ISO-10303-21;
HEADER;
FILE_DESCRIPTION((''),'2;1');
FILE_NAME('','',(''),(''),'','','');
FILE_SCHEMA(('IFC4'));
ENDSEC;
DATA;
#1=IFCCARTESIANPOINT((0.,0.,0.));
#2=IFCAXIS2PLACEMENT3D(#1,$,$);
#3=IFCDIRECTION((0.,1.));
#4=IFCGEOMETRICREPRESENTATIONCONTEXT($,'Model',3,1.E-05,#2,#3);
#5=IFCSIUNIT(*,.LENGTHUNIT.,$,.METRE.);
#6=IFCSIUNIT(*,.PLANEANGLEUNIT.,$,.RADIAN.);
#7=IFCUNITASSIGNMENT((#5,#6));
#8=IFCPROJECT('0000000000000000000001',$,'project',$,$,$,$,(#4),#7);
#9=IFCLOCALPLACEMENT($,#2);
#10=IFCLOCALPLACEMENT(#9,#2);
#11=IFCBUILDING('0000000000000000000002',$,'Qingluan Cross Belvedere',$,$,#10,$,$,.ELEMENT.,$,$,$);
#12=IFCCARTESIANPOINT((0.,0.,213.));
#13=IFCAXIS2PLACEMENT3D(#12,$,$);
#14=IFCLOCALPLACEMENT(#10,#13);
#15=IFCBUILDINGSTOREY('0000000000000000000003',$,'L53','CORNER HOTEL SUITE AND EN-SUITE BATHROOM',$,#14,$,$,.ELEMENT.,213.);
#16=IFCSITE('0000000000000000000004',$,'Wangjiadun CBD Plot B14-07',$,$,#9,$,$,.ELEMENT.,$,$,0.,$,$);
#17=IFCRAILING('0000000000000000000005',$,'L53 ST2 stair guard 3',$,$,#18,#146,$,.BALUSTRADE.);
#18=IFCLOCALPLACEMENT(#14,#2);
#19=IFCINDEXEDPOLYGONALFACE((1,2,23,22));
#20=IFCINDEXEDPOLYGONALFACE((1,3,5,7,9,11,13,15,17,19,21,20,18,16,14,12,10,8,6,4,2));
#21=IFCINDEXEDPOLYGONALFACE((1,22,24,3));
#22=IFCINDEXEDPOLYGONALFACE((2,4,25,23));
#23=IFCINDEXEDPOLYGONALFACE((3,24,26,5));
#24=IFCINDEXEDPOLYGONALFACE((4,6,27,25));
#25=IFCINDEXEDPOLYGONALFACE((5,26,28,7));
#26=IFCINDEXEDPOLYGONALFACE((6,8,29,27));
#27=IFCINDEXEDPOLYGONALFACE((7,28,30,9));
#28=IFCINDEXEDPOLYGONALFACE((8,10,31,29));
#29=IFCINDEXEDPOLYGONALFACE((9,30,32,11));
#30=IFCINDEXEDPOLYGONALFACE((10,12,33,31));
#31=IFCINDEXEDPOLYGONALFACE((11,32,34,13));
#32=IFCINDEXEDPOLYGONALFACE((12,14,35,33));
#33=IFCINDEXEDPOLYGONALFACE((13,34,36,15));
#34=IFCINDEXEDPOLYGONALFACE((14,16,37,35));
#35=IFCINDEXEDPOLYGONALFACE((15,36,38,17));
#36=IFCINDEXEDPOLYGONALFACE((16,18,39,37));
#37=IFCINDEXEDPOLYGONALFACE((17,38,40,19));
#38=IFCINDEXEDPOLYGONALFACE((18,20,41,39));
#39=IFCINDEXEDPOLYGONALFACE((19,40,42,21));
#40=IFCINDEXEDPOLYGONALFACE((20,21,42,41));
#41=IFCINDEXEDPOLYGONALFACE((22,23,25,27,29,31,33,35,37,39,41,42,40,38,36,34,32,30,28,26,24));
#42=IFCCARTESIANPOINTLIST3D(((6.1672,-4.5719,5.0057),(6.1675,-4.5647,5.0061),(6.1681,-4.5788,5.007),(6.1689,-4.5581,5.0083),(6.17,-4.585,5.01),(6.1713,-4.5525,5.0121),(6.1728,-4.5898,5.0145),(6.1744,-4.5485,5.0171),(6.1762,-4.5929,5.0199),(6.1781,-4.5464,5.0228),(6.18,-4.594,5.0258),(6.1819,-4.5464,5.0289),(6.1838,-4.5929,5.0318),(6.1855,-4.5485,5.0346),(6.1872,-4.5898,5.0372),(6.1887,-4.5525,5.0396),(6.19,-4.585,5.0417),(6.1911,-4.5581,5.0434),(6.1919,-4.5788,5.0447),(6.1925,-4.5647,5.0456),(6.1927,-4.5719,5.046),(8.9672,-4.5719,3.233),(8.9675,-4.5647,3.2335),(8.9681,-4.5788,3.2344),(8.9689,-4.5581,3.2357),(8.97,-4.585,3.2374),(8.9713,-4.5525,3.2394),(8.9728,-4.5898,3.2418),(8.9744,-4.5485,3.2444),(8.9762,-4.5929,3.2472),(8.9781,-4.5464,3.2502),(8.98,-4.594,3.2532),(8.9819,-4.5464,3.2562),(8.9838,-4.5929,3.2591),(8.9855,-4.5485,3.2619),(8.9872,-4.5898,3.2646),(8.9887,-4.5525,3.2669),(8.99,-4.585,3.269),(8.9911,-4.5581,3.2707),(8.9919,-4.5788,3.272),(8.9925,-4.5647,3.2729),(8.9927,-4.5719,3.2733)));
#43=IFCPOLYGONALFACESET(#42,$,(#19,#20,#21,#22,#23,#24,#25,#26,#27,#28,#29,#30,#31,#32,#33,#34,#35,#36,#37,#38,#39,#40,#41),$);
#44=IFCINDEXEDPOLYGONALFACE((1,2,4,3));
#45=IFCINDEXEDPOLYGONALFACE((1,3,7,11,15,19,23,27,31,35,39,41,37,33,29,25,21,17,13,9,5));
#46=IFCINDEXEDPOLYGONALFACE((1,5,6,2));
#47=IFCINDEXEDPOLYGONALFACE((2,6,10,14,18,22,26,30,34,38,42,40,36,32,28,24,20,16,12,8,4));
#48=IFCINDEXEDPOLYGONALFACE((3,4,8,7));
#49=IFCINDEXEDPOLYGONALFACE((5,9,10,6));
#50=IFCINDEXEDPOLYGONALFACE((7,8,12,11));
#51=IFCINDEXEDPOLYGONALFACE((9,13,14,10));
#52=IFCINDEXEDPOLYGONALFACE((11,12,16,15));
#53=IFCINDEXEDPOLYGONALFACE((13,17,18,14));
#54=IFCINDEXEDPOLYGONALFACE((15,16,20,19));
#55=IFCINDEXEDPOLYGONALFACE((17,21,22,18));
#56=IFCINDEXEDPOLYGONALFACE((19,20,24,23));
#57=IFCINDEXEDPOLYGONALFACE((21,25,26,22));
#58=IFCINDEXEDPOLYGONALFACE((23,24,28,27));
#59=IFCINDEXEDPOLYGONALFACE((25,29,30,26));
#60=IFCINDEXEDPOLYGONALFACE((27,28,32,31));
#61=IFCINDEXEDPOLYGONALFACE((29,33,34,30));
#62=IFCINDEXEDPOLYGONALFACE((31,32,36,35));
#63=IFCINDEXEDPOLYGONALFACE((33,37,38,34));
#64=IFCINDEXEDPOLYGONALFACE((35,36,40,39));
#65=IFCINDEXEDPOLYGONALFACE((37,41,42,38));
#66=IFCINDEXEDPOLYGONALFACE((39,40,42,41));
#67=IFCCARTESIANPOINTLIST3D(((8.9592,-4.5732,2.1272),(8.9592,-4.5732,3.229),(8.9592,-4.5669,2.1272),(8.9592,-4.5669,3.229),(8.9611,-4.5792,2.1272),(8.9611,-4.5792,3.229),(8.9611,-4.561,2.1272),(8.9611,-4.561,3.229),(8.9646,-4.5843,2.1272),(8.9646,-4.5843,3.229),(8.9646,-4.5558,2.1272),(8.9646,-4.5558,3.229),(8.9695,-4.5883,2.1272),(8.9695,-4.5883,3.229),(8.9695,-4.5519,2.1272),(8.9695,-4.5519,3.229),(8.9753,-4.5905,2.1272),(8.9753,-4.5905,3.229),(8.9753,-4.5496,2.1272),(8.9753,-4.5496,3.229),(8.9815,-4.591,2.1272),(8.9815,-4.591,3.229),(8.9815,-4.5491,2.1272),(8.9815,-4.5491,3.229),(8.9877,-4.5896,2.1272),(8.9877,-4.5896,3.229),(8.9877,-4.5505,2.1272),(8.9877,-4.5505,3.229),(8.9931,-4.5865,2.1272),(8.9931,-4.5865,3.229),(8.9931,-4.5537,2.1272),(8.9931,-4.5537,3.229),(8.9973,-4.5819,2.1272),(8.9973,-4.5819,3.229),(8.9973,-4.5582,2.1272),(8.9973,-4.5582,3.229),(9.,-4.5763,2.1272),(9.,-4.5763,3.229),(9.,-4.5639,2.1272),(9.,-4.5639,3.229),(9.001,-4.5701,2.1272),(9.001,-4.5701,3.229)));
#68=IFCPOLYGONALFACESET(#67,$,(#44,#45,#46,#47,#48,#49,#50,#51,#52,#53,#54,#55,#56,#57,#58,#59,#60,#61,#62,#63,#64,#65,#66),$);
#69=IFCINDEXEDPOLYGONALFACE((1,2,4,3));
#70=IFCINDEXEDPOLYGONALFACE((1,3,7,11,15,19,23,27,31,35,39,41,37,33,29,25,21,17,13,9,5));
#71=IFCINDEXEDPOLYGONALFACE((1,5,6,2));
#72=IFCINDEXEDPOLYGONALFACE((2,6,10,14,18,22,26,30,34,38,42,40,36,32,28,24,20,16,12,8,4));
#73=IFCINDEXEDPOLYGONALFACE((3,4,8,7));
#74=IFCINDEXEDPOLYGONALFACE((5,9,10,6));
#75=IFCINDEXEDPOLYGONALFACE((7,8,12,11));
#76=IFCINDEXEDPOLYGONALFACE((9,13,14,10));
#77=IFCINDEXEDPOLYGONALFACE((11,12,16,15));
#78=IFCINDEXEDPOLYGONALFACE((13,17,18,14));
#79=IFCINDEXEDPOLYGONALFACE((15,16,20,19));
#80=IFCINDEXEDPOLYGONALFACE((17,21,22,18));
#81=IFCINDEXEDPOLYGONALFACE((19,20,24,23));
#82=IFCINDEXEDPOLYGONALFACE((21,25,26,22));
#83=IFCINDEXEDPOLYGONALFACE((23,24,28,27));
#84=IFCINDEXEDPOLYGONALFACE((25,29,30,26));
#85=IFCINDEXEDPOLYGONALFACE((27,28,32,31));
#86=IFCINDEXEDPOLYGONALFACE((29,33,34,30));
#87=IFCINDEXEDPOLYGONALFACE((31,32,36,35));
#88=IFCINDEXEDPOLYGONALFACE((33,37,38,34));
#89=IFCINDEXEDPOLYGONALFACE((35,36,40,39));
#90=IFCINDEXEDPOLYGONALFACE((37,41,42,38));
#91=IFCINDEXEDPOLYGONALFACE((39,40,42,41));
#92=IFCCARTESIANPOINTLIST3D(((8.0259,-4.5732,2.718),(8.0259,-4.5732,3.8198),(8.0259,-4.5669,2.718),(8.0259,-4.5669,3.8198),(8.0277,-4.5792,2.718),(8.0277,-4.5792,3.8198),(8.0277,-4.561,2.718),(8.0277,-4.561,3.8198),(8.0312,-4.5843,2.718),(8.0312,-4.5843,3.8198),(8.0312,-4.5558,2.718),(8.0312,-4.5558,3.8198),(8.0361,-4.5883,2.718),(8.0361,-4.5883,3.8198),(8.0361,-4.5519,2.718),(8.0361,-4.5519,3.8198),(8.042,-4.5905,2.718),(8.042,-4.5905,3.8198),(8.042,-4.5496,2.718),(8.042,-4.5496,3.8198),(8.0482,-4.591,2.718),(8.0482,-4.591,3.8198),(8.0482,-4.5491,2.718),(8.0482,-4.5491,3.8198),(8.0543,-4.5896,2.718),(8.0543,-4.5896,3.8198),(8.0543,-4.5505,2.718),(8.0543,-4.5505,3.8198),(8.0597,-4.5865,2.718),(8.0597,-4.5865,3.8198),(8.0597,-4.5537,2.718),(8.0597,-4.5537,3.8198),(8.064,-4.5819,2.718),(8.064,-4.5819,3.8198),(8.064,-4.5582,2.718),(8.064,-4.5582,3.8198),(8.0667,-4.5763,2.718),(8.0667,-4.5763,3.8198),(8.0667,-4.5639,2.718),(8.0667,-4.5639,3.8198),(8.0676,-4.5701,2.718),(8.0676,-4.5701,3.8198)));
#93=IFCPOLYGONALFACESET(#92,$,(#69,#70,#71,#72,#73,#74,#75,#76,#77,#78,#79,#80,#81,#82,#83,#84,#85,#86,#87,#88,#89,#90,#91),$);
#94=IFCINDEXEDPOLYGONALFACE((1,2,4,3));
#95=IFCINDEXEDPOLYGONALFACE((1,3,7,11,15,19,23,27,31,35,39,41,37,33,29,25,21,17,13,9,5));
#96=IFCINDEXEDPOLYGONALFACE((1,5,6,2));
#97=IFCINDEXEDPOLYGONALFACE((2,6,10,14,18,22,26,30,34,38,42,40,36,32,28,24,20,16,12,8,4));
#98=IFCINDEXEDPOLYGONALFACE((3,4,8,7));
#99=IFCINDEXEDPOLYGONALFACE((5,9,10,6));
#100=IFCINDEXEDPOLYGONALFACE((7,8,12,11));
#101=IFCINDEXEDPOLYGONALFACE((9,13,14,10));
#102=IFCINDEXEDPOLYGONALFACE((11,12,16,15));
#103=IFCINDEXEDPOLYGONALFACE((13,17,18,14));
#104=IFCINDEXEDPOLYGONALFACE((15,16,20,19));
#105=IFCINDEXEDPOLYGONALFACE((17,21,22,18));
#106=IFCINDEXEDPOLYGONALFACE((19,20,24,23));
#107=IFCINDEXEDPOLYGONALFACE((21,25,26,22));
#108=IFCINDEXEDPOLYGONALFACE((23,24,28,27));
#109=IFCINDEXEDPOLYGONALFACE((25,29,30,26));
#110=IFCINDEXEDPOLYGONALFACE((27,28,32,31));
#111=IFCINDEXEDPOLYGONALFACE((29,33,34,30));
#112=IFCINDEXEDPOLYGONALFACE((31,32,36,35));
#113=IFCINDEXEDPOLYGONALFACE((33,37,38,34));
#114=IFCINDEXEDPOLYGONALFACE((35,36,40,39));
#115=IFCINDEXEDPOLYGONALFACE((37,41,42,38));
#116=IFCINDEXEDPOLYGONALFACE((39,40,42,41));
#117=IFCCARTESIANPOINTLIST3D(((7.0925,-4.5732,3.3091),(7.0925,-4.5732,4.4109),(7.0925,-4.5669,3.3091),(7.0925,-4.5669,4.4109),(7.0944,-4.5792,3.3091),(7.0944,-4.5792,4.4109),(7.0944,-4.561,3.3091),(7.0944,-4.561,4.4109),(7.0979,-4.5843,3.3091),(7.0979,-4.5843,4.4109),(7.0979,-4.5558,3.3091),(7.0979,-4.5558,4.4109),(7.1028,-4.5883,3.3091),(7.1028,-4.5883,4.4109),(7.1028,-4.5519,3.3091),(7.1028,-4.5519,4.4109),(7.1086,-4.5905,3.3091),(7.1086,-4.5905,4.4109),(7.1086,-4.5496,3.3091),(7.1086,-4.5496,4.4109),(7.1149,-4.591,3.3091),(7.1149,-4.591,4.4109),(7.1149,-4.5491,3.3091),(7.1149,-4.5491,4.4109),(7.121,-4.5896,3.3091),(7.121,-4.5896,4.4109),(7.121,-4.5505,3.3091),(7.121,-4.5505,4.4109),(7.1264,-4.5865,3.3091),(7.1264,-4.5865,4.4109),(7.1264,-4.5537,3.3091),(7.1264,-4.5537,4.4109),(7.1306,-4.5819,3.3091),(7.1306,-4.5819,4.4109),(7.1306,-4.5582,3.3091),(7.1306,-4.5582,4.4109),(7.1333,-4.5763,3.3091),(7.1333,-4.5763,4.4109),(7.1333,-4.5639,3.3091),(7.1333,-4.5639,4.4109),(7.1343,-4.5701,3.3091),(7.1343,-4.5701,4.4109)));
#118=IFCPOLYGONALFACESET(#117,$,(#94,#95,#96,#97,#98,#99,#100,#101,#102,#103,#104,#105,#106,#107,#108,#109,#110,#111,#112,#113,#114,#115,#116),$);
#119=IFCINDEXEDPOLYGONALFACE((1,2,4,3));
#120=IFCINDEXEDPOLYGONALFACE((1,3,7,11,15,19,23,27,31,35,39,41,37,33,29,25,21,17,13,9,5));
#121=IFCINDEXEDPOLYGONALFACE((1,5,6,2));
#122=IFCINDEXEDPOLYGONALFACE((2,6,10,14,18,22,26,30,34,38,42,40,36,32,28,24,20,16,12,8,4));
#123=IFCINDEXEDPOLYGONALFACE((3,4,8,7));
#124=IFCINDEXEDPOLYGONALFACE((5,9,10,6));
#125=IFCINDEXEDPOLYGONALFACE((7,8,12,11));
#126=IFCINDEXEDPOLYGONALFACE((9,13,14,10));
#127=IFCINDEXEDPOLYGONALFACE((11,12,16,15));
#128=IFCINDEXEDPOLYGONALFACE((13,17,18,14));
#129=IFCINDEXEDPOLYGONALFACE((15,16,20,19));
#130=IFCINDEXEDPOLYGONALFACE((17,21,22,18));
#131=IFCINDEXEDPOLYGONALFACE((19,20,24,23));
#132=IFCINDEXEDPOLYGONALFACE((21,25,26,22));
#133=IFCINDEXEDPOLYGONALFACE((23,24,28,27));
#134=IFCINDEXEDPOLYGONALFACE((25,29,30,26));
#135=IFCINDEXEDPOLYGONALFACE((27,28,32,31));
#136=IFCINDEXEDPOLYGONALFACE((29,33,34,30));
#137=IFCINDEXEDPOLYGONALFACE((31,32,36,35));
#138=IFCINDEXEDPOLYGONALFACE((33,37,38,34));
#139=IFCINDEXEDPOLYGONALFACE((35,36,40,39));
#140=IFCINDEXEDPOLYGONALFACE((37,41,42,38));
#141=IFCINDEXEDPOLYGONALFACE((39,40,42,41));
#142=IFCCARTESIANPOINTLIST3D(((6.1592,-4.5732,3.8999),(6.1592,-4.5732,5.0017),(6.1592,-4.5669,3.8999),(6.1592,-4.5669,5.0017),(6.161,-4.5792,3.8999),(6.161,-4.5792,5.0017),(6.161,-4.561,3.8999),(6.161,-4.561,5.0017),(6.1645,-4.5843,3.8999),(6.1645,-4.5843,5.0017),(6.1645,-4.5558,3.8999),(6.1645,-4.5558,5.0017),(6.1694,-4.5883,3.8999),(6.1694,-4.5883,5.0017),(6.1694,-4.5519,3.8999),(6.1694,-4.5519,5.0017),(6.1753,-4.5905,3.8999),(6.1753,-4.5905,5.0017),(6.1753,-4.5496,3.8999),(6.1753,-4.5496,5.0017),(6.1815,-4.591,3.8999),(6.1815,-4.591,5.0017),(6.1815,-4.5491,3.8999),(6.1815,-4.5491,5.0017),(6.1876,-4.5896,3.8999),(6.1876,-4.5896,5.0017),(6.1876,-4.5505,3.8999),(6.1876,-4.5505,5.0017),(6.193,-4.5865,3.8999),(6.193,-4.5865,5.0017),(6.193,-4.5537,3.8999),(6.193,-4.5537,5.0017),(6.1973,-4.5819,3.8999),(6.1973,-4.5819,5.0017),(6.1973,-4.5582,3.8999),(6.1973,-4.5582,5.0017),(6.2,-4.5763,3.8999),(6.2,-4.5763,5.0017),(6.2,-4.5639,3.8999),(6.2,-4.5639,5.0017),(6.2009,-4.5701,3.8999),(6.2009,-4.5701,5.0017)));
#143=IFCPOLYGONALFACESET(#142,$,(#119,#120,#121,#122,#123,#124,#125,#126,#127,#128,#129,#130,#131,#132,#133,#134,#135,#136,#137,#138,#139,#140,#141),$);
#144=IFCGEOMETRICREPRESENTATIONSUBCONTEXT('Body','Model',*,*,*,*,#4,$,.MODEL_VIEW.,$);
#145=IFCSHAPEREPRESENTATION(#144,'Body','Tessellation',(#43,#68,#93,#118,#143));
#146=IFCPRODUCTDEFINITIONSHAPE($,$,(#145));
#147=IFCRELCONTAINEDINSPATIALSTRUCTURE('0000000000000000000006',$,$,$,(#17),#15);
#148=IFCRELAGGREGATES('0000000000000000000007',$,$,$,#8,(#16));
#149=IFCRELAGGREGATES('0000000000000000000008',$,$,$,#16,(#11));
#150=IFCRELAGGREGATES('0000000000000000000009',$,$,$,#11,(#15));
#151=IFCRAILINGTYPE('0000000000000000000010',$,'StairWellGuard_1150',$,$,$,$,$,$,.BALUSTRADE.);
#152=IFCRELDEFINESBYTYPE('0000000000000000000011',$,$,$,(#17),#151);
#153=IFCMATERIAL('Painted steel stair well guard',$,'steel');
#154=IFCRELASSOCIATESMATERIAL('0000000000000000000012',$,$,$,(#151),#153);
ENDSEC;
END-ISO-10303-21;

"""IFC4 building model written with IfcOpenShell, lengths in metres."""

from ifc_helpers import new_model, si_unit, direction, frame, origin, origin_2d, place, context, subcontext, project, spatial, circle, extrude, material, type_object, element, save


model = new_model("IFC4")

# Units and contexts
model_context = context("Model", 3, precision=1e-05, world=origin(), true_north=direction((0.0, 1.0)))
body_context = subcontext(model_context, "Body", "Model", "MODEL_VIEW")
ifc_project = project(units=[si_unit("LENGTHUNIT", "METRE"), si_unit("PLANEANGLEUNIT", "RADIAN")], contexts=[model_context])

# Site, building, storey
site_placement = place(None, origin())
site = spatial("IfcSite", under=ifc_project, at=site_placement, Name="Wangjiadun CBD Plot B14-07", CompositionType="ELEMENT", RefElevation=0.0)
building_placement = place(site_placement, origin())
building = spatial("IfcBuilding", under=site, at=building_placement, Name="Qingluan Cross Belvedere", CompositionType="ELEMENT")
storey_placement = place(building_placement, frame((0.0, 0.0, 213.0)))
storey = spatial("IfcBuildingStorey", under=building, at=storey_placement, Name="L53", Description="CORNER HOTEL SUITE AND EN-SUITE BATHROOM", CompositionType="ELEMENT", Elevation=213.0)

# Railing
ifc_material_1 = material(Name="Painted steel stair well guard", Category="steel")
railing_type_1 = type_object("IfcRailingType", Name="StairWellGuard_1150", PredefinedType="BALUSTRADE", material=ifc_material_1)
railing_1_placement = place(storey_placement, frame((8.98, -4.5701, 2.1272)))
element("IfcRailing", 1, at=railing_1_placement, inside=storey, type_object=railing_type_1, Name="L53 ST2 stair guard 3", PredefinedType="BALUSTRADE", context=body_context, shape_type="SweptSolid", body=[
    extrude(circle(Radius=0.0239, at=origin_2d()), frame((0.0, 0.0, 1.126), z_axis=(-0.844909, 0.0, 0.53491), x_axis=(0.0, -1.0, 0.0)), (0.0, 0.0, 1.0), 3.314),
    extrude(circle(Radius=0.021, at=origin_2d()), origin(), (0.0, 0.0, 1.0), 1.1018),
    extrude(circle(Radius=0.021, at=origin_2d()), frame((-0.9333, 0.0, 0.5908)), (0.0, 0.0, 1.0), 1.1018),
    extrude(circle(Radius=0.021, at=origin_2d()), frame((-1.8667, 0.0, 1.1819)), (0.0, 0.0, 1.0), 1.1018),
    extrude(circle(Radius=0.021, at=origin_2d()), frame((-2.8, 0.0, 1.7727)), (0.0, 0.0, 1.0), 1.1018),
])

save(model, "model.ifc")
